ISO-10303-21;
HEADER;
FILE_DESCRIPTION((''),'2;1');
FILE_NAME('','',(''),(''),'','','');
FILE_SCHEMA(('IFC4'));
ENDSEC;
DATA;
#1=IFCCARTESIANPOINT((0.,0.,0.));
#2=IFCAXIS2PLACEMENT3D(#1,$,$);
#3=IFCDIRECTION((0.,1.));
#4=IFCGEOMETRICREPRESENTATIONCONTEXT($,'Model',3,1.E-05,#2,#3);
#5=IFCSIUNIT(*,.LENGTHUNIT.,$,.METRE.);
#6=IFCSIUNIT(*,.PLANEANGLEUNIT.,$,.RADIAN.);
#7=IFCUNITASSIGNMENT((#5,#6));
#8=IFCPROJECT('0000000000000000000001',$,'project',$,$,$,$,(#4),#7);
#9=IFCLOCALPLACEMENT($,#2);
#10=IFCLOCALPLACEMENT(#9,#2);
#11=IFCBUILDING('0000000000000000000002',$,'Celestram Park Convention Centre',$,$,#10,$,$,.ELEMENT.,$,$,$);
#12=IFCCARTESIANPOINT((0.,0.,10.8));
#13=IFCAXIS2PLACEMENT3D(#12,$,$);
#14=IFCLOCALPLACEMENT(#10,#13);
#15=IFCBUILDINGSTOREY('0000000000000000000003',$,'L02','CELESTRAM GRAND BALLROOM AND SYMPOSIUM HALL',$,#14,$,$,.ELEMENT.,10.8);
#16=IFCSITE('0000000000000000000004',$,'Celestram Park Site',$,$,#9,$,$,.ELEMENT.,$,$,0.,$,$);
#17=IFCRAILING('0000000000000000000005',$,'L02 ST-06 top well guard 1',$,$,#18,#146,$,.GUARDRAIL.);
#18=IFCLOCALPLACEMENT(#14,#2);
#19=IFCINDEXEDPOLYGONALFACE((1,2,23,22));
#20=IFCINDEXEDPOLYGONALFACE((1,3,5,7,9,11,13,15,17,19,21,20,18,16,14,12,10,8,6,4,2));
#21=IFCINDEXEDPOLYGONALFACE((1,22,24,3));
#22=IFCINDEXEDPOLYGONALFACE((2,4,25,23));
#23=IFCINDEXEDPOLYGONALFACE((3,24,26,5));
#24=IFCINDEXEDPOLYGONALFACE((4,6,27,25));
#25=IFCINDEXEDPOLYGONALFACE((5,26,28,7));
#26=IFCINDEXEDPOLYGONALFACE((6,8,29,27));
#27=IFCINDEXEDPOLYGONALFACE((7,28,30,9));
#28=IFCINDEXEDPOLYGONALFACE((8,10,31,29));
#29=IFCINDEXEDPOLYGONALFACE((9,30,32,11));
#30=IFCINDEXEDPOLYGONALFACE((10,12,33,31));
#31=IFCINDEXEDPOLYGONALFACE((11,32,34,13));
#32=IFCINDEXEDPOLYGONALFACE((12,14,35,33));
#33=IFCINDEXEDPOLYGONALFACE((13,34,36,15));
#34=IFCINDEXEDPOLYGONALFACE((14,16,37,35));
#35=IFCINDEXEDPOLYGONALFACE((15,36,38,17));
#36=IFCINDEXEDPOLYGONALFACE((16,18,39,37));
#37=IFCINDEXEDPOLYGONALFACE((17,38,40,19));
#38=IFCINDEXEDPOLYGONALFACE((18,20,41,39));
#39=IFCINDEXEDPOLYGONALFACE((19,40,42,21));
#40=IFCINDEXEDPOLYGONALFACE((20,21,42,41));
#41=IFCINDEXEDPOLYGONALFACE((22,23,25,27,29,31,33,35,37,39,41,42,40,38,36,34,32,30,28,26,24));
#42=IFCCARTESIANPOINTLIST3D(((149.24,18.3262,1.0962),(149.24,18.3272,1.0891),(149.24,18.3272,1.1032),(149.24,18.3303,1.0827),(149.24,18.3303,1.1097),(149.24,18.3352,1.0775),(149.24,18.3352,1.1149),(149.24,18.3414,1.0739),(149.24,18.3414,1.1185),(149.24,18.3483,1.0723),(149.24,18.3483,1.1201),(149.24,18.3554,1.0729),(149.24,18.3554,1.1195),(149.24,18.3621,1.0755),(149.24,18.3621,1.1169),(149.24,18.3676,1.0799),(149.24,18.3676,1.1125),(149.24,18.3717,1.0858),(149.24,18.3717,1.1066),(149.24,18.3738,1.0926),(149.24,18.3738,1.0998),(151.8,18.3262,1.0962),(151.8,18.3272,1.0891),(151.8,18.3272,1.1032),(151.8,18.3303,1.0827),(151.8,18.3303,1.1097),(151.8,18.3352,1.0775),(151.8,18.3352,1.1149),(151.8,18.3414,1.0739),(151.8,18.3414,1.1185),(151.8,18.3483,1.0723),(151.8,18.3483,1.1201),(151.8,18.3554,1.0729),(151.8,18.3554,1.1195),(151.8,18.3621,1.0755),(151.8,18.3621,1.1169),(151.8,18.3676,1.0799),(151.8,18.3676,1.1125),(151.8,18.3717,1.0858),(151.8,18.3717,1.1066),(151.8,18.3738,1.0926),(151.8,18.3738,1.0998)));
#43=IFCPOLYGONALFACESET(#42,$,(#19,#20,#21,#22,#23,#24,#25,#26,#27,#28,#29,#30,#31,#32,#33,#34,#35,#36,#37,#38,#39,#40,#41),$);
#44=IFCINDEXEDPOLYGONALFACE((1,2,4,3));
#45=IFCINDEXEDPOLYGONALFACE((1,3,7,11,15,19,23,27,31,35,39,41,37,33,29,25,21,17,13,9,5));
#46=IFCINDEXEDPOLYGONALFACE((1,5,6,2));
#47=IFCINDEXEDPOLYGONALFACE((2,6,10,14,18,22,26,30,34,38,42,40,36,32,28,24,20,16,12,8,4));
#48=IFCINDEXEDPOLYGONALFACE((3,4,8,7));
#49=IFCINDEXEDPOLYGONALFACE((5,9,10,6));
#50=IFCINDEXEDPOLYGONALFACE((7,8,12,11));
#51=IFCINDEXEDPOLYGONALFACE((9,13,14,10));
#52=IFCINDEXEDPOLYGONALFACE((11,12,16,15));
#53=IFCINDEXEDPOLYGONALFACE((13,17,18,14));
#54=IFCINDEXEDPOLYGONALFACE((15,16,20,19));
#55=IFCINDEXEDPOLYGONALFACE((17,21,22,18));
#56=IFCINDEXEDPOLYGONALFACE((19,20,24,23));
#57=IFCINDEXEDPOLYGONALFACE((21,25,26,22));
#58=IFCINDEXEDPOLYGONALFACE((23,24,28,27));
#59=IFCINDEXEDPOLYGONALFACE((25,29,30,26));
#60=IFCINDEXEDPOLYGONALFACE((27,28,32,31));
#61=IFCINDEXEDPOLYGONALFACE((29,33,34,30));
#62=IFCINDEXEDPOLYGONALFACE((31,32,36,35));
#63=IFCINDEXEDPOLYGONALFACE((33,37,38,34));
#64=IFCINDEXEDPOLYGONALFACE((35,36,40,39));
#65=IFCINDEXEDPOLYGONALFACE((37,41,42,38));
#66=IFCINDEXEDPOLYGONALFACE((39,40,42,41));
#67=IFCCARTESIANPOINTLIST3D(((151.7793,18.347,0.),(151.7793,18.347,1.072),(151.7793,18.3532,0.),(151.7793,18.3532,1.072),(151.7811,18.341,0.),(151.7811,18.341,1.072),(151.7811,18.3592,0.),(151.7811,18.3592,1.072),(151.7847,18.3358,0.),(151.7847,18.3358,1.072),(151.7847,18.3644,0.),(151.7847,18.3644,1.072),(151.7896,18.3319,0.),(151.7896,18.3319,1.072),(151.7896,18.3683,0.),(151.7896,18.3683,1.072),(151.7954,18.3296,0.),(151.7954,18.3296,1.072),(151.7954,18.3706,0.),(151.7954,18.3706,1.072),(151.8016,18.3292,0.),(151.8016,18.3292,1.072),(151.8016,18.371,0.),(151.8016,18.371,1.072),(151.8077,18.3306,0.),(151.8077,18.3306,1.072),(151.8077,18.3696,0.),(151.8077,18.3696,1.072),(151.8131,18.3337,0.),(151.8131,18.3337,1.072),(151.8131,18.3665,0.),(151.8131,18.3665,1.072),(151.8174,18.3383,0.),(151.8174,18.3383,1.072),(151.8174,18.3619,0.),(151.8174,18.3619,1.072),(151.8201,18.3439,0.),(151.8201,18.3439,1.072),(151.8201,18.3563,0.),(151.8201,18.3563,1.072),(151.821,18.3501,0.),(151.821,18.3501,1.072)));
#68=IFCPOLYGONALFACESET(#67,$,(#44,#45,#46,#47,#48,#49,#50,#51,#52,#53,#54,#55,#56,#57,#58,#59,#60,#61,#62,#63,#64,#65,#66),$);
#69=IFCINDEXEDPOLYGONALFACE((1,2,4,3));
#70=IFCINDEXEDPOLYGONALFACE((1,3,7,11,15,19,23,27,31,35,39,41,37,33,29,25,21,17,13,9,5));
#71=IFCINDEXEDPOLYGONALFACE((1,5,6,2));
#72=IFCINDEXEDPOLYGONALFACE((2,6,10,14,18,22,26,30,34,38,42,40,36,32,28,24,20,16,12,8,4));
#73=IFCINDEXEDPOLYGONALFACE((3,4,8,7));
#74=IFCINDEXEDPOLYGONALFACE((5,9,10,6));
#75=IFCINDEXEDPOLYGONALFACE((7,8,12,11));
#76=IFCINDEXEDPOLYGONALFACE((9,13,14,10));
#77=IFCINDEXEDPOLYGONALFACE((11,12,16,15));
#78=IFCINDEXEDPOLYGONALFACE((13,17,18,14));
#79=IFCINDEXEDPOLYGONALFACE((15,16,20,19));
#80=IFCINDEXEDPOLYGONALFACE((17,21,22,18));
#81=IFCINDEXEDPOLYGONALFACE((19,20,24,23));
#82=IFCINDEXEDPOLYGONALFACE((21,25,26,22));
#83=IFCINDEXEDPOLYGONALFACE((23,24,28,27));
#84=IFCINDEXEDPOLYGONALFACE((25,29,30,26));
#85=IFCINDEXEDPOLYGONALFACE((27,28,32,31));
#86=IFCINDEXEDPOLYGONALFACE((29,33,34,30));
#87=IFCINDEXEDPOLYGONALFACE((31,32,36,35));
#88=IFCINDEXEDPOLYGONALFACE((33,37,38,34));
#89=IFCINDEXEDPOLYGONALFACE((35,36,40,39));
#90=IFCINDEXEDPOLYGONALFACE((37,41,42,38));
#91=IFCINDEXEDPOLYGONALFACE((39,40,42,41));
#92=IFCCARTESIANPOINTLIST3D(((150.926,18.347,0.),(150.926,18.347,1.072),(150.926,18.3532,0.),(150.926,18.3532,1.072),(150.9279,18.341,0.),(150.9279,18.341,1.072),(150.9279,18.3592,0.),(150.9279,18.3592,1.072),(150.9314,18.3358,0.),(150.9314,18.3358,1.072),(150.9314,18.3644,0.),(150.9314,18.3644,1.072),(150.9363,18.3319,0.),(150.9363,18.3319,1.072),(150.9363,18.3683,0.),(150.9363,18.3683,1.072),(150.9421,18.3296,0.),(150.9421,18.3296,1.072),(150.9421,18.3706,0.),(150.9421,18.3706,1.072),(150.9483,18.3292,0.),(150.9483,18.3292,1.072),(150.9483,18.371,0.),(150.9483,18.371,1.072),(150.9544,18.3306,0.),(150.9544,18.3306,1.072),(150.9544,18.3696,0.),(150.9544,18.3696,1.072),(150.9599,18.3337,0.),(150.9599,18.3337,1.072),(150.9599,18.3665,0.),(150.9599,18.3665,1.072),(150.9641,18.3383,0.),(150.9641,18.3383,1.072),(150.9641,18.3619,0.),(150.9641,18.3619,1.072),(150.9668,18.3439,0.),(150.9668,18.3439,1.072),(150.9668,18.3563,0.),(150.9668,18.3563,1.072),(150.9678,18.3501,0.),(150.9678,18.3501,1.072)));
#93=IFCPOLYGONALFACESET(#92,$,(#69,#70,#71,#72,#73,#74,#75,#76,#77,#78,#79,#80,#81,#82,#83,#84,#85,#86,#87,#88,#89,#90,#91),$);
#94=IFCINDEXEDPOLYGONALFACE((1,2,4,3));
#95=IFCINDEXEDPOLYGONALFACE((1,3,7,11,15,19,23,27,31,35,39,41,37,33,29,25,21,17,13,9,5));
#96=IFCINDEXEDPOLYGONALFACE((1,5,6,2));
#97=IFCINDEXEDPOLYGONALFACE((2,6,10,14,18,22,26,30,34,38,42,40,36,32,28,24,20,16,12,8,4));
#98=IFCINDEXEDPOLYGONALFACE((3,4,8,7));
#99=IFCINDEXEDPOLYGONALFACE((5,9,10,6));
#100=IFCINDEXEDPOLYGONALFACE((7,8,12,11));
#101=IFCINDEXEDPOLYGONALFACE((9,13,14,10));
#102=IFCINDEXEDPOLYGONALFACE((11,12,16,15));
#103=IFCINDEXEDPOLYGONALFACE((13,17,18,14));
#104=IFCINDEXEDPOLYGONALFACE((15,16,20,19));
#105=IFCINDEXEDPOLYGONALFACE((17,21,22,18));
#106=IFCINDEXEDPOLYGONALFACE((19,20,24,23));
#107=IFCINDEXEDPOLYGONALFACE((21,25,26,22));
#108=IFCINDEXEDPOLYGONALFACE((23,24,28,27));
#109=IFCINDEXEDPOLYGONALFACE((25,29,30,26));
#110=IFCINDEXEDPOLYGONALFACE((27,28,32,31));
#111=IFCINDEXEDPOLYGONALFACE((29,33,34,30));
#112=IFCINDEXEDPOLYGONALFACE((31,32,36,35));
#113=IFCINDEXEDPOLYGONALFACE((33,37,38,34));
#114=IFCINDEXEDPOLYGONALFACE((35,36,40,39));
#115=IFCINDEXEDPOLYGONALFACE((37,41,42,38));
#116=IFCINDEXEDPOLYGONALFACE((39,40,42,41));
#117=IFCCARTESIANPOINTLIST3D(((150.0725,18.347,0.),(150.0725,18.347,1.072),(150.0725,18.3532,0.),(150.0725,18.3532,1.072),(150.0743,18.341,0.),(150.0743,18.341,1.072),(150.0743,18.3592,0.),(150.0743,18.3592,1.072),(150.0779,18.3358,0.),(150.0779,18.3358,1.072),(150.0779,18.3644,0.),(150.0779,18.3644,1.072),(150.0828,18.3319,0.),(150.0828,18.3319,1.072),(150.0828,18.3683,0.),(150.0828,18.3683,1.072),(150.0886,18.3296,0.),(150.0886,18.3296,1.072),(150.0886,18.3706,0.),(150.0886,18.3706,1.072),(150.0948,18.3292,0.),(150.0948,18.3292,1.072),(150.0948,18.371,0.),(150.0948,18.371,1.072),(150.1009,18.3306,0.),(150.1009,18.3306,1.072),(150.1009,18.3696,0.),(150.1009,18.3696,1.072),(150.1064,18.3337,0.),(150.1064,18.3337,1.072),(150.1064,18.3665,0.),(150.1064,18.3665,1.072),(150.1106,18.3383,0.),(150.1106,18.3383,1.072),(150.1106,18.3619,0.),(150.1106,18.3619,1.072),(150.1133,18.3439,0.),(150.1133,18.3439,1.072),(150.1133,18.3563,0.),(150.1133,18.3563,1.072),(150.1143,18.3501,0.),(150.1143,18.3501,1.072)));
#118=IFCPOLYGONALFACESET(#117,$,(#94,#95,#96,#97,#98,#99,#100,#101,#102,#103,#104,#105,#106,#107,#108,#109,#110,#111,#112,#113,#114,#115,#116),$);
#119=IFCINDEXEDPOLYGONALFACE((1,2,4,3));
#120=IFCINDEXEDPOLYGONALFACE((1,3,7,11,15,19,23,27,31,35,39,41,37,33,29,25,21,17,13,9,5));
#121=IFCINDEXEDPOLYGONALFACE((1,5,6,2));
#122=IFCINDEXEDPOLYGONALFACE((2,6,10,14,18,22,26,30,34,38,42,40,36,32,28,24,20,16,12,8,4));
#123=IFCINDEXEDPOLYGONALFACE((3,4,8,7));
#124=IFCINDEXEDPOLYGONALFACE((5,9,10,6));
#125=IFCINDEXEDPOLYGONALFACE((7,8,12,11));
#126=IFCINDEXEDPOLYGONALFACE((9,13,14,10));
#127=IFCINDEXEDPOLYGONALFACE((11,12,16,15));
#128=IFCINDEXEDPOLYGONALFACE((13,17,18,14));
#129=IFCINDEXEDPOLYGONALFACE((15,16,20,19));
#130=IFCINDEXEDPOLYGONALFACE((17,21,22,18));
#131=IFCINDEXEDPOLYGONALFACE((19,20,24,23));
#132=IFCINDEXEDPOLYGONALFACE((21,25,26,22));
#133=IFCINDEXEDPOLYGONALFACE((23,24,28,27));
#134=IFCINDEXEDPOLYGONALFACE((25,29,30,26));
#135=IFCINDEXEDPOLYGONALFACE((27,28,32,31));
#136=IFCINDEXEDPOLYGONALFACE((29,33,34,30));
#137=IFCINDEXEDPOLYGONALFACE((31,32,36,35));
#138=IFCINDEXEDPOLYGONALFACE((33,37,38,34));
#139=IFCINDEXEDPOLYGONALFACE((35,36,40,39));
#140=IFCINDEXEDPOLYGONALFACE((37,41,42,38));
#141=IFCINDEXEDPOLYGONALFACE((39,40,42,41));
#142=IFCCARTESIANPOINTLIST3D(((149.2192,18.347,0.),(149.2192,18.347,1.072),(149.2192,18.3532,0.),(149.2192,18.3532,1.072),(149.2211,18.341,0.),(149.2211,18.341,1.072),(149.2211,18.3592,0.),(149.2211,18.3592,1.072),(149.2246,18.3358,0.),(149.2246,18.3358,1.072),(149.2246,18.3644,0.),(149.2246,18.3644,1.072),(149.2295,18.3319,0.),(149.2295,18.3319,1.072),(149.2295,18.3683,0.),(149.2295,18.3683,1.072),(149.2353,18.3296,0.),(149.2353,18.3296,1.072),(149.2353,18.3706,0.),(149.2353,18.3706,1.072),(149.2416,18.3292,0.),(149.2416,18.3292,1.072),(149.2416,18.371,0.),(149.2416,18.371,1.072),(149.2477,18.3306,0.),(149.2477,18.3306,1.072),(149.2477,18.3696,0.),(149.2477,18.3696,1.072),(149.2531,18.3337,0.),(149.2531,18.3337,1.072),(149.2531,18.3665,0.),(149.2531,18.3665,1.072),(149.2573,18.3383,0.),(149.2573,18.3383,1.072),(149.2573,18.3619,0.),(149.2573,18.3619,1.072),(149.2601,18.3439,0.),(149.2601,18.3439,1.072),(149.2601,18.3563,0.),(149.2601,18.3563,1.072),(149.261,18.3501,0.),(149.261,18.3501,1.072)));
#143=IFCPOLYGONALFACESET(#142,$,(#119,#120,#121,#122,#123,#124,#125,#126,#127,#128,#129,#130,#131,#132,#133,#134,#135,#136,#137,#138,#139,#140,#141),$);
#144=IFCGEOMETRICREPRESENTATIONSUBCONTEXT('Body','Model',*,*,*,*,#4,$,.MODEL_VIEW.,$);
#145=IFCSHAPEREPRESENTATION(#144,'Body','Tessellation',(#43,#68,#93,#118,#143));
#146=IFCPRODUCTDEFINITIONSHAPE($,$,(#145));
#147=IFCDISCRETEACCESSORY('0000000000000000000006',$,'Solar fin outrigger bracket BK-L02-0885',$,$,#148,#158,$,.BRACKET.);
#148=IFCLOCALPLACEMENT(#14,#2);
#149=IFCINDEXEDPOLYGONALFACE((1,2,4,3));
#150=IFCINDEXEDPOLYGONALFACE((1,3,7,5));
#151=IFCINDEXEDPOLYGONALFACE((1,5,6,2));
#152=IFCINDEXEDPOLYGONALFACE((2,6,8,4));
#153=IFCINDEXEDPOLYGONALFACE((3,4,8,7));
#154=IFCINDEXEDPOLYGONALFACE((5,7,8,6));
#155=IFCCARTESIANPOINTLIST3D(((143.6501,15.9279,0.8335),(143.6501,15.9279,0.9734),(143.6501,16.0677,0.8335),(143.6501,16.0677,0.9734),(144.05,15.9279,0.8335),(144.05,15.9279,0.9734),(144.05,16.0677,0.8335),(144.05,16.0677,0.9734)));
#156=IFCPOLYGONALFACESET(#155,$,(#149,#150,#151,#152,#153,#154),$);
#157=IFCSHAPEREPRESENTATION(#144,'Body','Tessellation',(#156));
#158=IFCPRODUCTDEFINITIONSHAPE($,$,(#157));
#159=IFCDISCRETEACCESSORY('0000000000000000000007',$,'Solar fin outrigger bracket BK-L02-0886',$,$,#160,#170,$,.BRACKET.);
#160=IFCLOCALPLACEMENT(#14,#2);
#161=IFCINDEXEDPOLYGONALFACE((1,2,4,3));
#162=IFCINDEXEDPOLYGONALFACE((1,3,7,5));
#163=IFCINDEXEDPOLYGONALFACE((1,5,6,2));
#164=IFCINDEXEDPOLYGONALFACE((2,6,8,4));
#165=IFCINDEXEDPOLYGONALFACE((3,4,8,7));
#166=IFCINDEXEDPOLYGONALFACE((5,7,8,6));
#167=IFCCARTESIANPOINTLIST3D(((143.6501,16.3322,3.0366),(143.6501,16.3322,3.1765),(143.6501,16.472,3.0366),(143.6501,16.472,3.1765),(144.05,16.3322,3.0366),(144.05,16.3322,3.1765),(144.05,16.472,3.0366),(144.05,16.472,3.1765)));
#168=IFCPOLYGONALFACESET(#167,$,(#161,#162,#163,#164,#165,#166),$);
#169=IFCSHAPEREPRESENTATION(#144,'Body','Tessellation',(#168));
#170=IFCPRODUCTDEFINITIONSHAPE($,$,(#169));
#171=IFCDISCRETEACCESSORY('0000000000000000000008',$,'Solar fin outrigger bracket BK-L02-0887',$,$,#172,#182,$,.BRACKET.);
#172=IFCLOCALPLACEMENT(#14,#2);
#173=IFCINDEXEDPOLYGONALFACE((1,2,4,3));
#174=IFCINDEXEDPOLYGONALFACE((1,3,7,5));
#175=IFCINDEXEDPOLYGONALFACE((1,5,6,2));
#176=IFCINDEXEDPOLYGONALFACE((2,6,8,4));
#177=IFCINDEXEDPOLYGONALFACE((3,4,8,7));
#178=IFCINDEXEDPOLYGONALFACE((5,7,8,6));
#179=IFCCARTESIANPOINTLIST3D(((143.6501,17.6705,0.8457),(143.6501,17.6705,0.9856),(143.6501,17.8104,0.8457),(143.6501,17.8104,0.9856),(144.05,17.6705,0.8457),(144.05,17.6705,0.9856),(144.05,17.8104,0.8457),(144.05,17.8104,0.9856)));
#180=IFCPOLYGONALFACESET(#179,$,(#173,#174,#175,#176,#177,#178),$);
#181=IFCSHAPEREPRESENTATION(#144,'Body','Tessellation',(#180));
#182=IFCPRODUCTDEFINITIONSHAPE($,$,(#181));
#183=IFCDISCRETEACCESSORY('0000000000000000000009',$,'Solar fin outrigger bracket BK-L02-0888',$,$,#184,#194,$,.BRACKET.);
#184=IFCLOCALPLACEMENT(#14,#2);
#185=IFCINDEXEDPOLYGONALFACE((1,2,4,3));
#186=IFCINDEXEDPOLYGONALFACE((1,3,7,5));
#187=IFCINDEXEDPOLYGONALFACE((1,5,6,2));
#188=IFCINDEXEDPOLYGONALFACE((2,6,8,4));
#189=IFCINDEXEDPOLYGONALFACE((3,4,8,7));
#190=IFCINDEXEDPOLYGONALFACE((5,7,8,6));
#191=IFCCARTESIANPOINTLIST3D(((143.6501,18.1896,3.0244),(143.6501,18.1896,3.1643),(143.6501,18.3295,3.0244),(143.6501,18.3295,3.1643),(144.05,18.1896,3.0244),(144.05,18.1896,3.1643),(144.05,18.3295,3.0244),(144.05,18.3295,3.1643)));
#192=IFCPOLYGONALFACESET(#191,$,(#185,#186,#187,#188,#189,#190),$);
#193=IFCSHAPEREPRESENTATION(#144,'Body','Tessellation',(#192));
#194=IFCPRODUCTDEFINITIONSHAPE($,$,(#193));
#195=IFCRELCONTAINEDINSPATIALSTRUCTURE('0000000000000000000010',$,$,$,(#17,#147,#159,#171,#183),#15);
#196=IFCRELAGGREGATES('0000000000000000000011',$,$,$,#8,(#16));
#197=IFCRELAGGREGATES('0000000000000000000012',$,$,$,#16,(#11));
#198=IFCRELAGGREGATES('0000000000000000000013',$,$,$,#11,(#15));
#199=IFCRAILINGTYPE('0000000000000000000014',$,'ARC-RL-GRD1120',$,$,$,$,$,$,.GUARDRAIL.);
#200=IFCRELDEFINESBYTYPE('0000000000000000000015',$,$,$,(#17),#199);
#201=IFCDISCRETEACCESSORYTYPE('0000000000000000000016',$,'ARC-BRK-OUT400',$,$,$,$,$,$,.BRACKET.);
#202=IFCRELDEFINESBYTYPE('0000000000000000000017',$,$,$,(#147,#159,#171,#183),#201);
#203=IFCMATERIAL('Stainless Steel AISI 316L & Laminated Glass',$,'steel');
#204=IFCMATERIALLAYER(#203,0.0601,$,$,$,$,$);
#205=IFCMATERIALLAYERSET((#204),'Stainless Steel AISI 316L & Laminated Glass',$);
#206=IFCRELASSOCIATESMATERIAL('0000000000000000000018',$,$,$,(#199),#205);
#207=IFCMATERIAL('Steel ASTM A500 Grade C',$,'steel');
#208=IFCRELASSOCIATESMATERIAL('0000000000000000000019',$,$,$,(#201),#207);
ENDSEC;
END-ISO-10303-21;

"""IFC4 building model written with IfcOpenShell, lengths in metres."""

from ifc_helpers import new_model, si_unit, direction, frame, origin, origin_2d, place, context, subcontext, project, spatial, rectangle, circle, extrude, material, layer, layer_set, type_object, element, save


model = new_model("IFC4")

# Units and contexts
model_context = context("Model", 3, precision=1e-05, world=origin(), true_north=direction((0.0, 1.0)))
body_context = subcontext(model_context, "Body", "Model", "MODEL_VIEW")
ifc_project = project(units=[si_unit("LENGTHUNIT", "METRE"), si_unit("PLANEANGLEUNIT", "RADIAN")], contexts=[model_context])

# Site, building, storey
site_placement = place(None, origin())
site = spatial("IfcSite", under=ifc_project, at=site_placement, Name="Celestram Park Site", CompositionType="ELEMENT", RefElevation=0.0)
building_placement = place(site_placement, origin())
building = spatial("IfcBuilding", under=site, at=building_placement, Name="Celestram Park Convention Centre", CompositionType="ELEMENT")
storey_placement = place(building_placement, frame((0.0, 0.0, 10.8)))
storey = spatial("IfcBuildingStorey", under=building, at=storey_placement, Name="L02", Description="CELESTRAM GRAND BALLROOM AND SYMPOSIUM HALL", CompositionType="ELEMENT", Elevation=10.8)

# Shared definitions
ifc_material_1 = material(Name="Steel ASTM A500 Grade C", Category="steel")

# Railing
ifc_material_2 = material(Name="Stainless Steel AISI 316L & Laminated Glass", Category="steel")
ifc_layer_1 = layer(ifc_material_2, 0.0601)
ifc_layer_set_1 = layer_set([ifc_layer_1], Name="Stainless Steel AISI 316L & Laminated Glass")
railing_type = type_object("IfcRailingType", Name="ARC-RL-GRD1120", PredefinedType="GUARDRAIL", material=ifc_layer_set_1)
railing_placement = place(storey_placement, frame((151.8, 18.3501, 0.0)))
element("IfcRailing", 1, at=railing_placement, inside=storey, type_object=railing_type, Name="L02 ST-06 top well guard 1", PredefinedType="GUARDRAIL", context=body_context, shape_type="SweptSolid", body=[
    extrude(circle(Radius=0.0239, at=origin_2d()), frame((0.0, 0.0, 1.0962), z_axis=(-1.0, 0.0, 0.0), x_axis=(0.0, -1.0, 0.0)), (0.0, 0.0, 1.0), 2.5601),
    extrude(circle(Radius=0.021, at=origin_2d()), origin(), (0.0, 0.0, 1.0), 1.072),
    extrude(circle(Radius=0.021, at=origin_2d()), frame((-0.8533, 0.0, 0.0)), (0.0, 0.0, 1.0), 1.072),
    extrude(circle(Radius=0.021, at=origin_2d()), frame((-1.7068, 0.0, 0.0)), (0.0, 0.0, 1.0), 1.072),
    extrude(circle(Radius=0.021, at=origin_2d()), frame((-2.5601, 0.0, 0.0)), (0.0, 0.0, 1.0), 1.072),
])

# Discrete accessories
discrete_accessory_type = type_object("IfcDiscreteAccessoryType", Name="ARC-BRK-OUT400", PredefinedType="BRACKET", material=ifc_material_1)
for number, where, z_axis, x_axis, name in (
    (2, (143.8501, 15.9978, 0.8335), (0.0, 0.0, 1.0), (-1.0, 0.0, 0.0), "Solar fin outrigger bracket BK-L02-0885"),
    (3, (143.8501, 16.4021, 3.0366), (0.0, 0.0, 1.0), (-1.0, 0.0, 0.0), "Solar fin outrigger bracket BK-L02-0886"),
    (4, (143.8501, 17.7405, 0.8457), (0.0, 0.0, 1.0), (-1.0, 0.0, 0.0), "Solar fin outrigger bracket BK-L02-0887"),
    (5, (143.8501, 18.2595, 3.0244), (0.0, 0.0, 1.0), (-1.0, 0.0, 0.0), "Solar fin outrigger bracket BK-L02-0888"),
):
    element("IfcDiscreteAccessory", number, at=place(storey_placement, frame(where, z_axis=z_axis, x_axis=x_axis)), inside=storey, type_object=discrete_accessory_type, Name=name, PredefinedType="BRACKET", context=body_context, shape_type="SweptSolid", body=[
        extrude(rectangle(XDim=0.3999, YDim=0.1399, at=origin_2d()), origin(), (0.0, 0.0, 1.0), 0.1399),
    ])

save(model, "model.ifc")
